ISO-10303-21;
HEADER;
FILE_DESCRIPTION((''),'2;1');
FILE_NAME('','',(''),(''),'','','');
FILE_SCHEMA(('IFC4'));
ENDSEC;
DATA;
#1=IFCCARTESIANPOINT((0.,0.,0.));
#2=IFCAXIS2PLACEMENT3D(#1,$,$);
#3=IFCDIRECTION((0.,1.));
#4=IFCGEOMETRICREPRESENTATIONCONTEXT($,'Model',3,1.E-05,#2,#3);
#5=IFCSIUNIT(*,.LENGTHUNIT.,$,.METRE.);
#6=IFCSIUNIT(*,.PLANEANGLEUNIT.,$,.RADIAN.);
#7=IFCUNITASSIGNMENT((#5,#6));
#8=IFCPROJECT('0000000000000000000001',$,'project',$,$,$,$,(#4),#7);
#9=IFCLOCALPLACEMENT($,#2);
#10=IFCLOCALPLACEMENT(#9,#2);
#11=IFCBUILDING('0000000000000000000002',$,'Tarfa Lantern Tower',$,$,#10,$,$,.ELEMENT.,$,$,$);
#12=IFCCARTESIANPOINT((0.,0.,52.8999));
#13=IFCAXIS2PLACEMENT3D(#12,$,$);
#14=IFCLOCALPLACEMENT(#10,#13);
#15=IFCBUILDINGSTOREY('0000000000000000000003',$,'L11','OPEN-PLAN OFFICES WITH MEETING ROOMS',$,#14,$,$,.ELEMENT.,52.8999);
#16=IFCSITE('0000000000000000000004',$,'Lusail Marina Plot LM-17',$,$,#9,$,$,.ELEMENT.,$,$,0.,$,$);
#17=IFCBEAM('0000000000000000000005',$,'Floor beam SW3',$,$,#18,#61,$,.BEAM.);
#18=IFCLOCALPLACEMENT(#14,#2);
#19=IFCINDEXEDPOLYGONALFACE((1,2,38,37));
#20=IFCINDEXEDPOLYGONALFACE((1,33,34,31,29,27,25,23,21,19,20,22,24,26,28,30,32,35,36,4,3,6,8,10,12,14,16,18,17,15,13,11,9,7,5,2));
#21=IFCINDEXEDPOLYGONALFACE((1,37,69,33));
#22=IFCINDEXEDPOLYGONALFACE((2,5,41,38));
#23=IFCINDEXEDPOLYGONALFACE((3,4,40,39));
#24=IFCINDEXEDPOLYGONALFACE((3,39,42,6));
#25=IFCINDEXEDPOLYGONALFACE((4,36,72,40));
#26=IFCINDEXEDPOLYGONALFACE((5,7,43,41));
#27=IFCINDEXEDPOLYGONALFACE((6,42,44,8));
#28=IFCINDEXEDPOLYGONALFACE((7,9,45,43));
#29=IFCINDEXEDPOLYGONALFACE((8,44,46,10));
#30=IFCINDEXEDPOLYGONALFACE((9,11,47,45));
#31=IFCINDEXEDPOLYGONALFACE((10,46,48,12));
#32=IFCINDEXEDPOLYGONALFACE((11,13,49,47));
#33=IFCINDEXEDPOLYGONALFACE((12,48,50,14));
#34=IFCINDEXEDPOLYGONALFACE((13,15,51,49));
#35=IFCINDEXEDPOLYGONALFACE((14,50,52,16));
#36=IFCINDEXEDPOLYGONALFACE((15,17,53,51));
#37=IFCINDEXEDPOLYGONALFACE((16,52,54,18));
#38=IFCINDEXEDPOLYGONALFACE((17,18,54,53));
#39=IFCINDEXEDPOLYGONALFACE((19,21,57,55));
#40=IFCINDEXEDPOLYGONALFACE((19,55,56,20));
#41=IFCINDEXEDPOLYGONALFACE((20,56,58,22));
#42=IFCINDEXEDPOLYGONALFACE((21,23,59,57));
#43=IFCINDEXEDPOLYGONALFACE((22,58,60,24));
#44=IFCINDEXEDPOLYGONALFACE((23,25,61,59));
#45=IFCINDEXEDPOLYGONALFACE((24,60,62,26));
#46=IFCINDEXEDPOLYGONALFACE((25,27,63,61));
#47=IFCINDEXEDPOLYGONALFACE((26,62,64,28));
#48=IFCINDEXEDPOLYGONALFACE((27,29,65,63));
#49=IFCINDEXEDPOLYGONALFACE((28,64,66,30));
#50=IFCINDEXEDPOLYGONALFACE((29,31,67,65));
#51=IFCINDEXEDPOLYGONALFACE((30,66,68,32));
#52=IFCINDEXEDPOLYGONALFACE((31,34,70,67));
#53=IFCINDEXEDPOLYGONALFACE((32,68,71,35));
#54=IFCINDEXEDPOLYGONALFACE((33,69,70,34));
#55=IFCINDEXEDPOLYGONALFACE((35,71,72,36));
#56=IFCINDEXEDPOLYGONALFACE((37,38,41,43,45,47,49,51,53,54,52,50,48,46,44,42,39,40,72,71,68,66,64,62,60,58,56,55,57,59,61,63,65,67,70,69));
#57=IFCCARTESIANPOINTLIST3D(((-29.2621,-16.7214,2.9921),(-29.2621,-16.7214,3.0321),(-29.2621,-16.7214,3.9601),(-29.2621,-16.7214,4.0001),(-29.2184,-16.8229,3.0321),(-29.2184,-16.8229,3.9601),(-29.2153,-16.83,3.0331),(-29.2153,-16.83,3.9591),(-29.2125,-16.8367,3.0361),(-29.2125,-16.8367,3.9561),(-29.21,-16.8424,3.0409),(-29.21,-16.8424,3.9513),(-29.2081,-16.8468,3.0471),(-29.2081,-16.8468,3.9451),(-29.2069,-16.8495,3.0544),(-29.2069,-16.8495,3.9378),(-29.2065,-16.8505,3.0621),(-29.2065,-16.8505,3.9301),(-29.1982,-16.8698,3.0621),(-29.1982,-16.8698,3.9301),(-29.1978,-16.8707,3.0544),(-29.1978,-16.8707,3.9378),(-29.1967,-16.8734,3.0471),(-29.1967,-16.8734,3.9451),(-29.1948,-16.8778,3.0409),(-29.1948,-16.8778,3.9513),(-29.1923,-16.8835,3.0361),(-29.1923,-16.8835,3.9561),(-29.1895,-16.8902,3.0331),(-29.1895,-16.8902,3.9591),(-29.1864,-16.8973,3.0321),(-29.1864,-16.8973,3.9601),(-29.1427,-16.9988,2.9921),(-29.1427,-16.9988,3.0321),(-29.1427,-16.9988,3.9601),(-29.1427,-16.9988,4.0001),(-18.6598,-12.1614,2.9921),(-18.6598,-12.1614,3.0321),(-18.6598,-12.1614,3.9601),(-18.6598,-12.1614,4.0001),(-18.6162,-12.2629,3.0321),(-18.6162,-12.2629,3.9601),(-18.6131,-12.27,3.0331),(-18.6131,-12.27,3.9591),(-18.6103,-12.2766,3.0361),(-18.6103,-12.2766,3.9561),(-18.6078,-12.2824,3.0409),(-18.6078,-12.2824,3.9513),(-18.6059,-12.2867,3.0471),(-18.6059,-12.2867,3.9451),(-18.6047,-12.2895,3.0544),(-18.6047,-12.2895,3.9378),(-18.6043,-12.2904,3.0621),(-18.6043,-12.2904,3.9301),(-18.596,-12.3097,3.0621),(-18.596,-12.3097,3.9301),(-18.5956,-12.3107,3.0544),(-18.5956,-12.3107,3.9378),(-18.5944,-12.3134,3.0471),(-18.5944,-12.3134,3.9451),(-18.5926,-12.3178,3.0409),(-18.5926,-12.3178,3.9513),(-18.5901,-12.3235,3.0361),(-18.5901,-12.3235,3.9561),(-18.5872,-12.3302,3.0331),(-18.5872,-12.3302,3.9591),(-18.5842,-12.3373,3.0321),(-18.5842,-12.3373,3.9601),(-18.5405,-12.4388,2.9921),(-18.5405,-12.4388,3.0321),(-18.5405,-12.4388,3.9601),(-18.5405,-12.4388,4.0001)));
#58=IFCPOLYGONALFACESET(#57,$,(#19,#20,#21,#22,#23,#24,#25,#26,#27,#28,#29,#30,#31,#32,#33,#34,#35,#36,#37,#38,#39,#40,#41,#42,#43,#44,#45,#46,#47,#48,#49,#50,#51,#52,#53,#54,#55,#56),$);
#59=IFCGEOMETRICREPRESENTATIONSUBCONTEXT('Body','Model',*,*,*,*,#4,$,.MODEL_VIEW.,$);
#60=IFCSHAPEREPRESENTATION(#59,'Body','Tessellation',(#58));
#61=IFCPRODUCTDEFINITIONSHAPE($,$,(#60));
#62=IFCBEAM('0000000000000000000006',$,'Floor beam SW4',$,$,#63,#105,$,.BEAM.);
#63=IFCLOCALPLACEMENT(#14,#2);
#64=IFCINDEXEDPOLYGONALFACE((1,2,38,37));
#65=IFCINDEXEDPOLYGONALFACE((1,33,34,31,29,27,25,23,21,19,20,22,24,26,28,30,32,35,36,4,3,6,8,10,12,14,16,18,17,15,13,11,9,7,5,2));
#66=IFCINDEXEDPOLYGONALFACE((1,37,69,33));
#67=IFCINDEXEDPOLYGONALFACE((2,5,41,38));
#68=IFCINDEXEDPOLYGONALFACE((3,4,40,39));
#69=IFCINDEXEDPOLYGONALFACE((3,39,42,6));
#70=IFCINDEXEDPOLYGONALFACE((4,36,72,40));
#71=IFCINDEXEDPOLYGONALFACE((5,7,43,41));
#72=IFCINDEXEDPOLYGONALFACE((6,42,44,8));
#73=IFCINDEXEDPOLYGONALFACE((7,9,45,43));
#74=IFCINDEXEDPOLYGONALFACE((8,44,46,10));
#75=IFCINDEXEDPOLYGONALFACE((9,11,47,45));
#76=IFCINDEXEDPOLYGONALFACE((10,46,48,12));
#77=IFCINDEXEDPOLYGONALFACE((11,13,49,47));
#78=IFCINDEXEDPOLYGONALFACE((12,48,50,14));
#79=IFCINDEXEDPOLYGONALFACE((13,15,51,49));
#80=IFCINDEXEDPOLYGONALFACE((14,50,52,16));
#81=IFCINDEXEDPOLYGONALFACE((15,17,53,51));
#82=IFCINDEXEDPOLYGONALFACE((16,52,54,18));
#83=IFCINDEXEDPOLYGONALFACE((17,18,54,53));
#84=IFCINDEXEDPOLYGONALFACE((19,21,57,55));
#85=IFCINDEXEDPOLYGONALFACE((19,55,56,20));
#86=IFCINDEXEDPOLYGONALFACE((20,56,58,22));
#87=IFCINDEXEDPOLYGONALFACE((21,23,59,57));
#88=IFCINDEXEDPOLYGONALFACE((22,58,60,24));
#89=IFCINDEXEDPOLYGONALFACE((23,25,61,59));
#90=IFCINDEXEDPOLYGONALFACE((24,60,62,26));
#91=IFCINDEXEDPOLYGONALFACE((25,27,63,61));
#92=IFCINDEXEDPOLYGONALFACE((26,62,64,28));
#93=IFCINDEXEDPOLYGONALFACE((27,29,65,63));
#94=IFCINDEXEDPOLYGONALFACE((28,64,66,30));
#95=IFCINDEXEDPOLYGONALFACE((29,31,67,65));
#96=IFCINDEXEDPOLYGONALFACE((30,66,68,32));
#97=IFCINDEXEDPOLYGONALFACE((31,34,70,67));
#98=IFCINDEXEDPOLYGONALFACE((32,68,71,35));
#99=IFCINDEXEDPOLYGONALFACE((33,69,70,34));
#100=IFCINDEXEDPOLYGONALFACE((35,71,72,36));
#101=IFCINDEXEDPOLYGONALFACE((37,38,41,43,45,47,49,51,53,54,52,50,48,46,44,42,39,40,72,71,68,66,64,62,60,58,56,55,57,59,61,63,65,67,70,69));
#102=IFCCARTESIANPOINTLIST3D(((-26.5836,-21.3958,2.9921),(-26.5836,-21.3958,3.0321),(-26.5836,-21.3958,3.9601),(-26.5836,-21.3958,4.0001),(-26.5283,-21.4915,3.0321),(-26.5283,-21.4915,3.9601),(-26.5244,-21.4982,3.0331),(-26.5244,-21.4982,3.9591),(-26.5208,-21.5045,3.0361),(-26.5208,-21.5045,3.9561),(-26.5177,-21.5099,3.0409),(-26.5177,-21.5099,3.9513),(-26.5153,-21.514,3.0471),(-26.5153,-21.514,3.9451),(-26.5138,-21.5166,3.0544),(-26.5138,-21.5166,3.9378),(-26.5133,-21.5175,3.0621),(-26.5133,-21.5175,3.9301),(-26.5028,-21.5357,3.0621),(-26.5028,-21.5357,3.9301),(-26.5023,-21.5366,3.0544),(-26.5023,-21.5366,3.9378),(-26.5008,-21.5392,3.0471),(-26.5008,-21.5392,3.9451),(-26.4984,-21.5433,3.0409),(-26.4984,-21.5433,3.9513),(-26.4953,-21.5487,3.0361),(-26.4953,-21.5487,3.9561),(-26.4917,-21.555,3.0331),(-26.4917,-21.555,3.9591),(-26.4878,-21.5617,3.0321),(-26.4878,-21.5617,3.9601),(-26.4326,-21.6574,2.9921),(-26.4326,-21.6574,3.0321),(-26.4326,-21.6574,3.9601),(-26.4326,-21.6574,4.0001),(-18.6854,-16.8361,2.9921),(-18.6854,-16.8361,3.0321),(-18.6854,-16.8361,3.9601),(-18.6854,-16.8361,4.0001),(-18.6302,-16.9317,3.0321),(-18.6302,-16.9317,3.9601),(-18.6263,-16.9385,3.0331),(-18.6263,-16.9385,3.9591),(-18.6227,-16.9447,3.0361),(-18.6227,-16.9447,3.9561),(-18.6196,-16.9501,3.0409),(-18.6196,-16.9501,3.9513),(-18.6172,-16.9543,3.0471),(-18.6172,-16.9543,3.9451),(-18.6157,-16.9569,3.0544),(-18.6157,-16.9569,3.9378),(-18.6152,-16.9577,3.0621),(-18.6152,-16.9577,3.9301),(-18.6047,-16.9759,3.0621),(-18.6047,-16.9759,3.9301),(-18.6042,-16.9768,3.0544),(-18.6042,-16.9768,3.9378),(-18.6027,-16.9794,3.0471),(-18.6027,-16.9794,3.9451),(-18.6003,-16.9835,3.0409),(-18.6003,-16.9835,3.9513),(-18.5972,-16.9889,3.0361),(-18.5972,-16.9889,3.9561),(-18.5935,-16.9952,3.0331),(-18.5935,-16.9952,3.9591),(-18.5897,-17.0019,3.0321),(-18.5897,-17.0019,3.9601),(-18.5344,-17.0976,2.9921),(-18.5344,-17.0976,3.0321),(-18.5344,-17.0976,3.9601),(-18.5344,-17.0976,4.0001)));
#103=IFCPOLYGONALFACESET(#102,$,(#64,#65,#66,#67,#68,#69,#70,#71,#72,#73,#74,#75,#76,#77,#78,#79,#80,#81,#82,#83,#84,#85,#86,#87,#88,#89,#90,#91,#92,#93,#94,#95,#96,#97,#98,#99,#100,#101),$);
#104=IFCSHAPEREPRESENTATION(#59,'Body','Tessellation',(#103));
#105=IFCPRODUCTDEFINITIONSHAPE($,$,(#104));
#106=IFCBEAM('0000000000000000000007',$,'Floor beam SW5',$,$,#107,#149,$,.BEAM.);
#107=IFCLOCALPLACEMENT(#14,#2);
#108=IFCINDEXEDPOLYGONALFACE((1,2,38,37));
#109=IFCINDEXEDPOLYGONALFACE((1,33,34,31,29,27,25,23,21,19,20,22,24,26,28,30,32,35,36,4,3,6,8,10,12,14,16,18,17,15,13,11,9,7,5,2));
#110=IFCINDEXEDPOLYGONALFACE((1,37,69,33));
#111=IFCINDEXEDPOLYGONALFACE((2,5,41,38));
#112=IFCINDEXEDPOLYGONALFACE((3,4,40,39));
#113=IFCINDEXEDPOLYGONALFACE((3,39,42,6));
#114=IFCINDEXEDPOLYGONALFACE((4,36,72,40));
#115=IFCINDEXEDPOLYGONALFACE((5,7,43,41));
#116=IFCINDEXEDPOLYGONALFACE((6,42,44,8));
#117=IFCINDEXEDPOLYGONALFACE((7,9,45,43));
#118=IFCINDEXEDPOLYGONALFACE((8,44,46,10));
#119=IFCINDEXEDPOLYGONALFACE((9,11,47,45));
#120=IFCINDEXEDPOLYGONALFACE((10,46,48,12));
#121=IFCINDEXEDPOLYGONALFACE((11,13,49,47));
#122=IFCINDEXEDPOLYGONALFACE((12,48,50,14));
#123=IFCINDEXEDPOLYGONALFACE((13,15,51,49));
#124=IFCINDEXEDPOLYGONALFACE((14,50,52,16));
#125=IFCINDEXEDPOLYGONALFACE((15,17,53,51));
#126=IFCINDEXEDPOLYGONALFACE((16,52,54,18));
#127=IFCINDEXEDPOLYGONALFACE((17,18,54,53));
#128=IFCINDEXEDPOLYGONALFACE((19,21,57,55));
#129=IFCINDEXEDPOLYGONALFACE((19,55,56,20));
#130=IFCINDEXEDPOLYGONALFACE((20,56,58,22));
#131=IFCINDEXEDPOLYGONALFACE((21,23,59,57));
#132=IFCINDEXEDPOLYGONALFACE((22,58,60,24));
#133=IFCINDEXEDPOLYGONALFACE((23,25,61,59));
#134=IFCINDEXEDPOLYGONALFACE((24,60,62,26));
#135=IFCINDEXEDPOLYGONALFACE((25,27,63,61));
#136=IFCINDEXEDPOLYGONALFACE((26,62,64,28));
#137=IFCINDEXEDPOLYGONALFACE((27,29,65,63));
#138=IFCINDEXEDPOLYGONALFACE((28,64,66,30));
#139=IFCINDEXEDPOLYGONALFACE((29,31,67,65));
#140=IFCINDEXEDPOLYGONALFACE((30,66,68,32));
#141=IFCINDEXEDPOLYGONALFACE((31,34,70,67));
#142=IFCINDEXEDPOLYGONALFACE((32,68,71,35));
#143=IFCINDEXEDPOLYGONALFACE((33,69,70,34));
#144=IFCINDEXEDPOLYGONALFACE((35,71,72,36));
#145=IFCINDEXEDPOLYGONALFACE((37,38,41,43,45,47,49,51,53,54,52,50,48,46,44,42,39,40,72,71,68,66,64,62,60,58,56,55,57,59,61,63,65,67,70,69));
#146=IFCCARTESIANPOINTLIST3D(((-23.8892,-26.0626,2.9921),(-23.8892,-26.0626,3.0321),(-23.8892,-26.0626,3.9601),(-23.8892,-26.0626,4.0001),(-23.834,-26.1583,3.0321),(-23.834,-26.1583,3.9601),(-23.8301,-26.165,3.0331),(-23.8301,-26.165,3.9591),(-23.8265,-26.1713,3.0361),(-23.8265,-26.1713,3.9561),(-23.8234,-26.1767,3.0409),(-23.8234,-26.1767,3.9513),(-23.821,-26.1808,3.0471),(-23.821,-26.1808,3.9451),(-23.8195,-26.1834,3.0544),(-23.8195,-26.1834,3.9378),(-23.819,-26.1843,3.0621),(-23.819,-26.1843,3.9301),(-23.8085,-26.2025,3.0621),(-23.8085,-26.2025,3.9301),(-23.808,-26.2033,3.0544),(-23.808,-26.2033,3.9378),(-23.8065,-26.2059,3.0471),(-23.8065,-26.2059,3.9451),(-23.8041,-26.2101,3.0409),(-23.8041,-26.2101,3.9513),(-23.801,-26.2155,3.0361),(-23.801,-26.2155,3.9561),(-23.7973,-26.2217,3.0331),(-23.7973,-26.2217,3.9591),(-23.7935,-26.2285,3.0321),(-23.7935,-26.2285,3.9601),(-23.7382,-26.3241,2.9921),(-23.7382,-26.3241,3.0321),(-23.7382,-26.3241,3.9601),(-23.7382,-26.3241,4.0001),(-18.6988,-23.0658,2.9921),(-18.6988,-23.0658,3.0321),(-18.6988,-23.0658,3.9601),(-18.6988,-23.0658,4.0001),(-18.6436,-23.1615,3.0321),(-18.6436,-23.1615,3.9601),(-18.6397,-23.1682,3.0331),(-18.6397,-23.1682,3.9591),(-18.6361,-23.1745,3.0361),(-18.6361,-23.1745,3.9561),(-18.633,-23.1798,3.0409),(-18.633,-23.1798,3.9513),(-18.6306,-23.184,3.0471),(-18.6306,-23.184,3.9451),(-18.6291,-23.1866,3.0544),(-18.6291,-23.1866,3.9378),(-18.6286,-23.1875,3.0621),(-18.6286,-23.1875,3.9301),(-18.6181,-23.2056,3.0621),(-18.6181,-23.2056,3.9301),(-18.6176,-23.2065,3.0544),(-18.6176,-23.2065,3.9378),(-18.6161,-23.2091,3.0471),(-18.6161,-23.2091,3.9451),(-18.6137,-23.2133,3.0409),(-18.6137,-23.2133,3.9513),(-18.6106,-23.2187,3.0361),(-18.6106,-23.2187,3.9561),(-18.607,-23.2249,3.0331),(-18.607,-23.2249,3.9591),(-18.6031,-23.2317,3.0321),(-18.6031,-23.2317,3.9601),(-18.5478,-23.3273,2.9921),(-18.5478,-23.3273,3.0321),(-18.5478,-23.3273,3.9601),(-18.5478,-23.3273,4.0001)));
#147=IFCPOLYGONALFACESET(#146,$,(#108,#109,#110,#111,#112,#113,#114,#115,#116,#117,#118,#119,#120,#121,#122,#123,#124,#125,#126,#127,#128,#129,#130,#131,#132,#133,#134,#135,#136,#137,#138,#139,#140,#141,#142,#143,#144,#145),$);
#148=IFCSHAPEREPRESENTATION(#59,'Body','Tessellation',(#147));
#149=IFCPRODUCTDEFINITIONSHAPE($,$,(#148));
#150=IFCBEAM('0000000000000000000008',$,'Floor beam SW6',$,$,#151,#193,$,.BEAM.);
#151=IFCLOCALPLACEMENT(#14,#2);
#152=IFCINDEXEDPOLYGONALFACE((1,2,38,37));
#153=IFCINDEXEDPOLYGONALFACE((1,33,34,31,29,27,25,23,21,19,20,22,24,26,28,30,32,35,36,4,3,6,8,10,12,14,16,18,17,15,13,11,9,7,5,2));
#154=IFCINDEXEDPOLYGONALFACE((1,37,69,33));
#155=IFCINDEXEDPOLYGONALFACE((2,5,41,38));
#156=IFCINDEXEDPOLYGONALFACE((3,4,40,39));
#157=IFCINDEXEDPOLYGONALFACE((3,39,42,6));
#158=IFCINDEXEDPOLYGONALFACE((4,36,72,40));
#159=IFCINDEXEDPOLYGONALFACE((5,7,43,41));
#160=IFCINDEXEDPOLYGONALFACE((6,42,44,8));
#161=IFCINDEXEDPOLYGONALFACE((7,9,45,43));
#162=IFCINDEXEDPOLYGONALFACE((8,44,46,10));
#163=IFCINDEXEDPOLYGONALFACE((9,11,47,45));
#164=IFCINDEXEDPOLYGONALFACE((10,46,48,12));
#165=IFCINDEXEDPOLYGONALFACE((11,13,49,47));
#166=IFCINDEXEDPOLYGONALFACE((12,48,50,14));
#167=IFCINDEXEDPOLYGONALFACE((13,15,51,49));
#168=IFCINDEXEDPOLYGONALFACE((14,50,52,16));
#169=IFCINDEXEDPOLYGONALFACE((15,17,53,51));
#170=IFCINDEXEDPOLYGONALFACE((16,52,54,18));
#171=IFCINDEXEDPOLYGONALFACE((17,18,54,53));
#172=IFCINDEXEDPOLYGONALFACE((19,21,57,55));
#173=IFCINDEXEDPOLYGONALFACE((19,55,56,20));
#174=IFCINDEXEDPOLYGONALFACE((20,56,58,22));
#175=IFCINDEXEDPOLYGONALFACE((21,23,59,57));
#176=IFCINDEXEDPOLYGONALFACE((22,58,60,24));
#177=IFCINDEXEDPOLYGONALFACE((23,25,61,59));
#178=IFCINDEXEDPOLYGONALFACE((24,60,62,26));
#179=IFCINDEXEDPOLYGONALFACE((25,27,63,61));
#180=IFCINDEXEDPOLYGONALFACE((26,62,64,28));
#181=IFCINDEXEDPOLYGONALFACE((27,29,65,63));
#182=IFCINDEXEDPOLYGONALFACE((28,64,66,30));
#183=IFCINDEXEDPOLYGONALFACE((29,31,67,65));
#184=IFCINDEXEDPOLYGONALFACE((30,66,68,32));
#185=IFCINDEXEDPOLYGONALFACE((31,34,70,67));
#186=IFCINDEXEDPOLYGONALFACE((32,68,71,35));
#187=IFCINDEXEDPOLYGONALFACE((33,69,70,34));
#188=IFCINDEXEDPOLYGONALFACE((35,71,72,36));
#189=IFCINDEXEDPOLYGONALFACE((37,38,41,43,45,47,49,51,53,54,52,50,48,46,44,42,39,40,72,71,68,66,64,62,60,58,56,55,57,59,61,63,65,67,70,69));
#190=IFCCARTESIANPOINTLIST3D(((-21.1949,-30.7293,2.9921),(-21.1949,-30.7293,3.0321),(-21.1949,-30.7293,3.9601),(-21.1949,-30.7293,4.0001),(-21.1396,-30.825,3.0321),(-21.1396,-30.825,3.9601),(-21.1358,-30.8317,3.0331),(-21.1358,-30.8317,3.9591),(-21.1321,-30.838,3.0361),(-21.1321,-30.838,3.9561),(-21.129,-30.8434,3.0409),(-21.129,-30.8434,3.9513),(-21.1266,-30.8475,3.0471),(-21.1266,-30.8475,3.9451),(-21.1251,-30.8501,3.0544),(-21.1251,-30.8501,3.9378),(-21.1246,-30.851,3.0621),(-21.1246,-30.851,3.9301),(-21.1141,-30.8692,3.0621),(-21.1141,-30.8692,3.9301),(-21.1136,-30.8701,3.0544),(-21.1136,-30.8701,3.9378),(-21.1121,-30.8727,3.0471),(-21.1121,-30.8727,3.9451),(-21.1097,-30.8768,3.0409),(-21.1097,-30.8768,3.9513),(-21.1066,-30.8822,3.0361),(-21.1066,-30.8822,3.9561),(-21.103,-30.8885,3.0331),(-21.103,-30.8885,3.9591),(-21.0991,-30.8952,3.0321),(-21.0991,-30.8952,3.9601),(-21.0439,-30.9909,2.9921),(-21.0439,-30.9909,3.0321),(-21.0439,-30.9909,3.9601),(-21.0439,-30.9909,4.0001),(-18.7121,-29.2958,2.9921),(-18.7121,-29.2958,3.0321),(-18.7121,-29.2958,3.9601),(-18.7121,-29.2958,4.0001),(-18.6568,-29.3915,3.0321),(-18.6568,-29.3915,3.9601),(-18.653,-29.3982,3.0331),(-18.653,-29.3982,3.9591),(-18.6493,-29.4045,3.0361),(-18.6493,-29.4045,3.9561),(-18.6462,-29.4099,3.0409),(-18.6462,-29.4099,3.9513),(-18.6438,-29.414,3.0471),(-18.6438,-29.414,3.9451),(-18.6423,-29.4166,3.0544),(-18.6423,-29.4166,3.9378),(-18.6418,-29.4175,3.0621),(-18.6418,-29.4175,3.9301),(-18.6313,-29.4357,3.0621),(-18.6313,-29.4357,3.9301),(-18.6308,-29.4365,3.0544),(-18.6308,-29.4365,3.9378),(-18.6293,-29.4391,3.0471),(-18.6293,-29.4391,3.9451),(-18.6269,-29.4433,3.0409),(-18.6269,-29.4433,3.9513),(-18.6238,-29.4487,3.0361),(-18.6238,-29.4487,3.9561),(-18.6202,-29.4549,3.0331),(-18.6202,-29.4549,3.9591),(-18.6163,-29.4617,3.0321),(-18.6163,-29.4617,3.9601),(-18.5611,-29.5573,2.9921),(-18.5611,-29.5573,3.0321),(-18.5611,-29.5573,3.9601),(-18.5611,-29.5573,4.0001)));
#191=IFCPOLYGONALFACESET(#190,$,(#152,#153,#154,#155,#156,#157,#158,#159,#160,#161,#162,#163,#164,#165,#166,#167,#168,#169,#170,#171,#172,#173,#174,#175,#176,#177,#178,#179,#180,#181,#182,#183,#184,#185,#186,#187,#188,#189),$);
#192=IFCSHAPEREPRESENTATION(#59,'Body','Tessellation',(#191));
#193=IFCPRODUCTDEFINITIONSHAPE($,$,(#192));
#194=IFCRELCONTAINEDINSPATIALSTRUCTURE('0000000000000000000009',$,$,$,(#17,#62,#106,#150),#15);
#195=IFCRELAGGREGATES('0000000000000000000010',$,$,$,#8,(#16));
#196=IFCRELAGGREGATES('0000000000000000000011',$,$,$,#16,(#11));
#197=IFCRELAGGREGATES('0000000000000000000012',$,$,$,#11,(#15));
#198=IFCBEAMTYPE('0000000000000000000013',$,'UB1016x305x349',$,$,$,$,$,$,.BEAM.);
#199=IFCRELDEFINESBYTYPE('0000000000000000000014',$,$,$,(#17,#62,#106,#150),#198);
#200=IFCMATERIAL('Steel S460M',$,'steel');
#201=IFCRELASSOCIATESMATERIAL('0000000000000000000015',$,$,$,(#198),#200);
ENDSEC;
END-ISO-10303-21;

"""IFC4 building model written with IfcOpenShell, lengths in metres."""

from ifc_helpers import new_model, si_unit, direction, frame, origin, origin_2d, place, context, subcontext, project, spatial, i_section, extrude, material, material_profile, profile_set, type_object, element, save


model = new_model("IFC4")

# Units and contexts
model_context = context("Model", 3, precision=1e-05, world=origin(), true_north=direction((0.0, 1.0)))
body_context = subcontext(model_context, "Body", "Model", "MODEL_VIEW")
ifc_project = project(units=[si_unit("LENGTHUNIT", "METRE"), si_unit("PLANEANGLEUNIT", "RADIAN")], contexts=[model_context])

# Site, building, storey
site_placement = place(None, origin())
site = spatial("IfcSite", under=ifc_project, at=site_placement, Name="Lusail Marina Plot LM-17", CompositionType="ELEMENT", RefElevation=0.0)
building_placement = place(site_placement, origin())
building = spatial("IfcBuilding", under=site, at=building_placement, Name="Tarfa Lantern Tower", CompositionType="ELEMENT")
storey_placement = place(building_placement, frame((0.0, 0.0, 52.8999)))
storey = spatial("IfcBuildingStorey", under=building, at=storey_placement, Name="L11", Description="OPEN-PLAN OFFICES WITH MEETING ROOMS", CompositionType="ELEMENT", Elevation=52.8999)

# Beams
ifc_material_1 = material(Name="Steel S460M", Category="steel")
ifc_material_profile_1 = material_profile(ifc_material_1, i_section(OverallWidth=0.302, OverallDepth=1.0081, WebThickness=0.021, FlangeThickness=0.04, FilletRadius=0.03, at=origin_2d()), Name="UB1016x305x349")
ifc_profile_set_1 = profile_set([ifc_material_profile_1], Name="Steel S460M")
beam_type_1 = type_object("IfcBeamType", Name="UB1016x305x349", PredefinedType="BEAM", material=ifc_profile_set_1)
beam_1_placement = place(storey_placement, frame((-29.2024, -16.8601, 3.4961), z_axis=(0.918635, 0.395106, 0.0), x_axis=(-0.395106, 0.918635, 0.0)))
element("IfcBeam", 1, at=beam_1_placement, inside=storey, type_object=beam_type_1, Name="Floor beam SW3", PredefinedType="BEAM", context=body_context, shape_type="SweptSolid", body=[
    extrude(i_section(OverallWidth=0.302, OverallDepth=1.0081, WebThickness=0.021, FlangeThickness=0.04, FilletRadius=0.03, at=origin_2d()), origin(), (0.0, 0.0, 1.0), 11.5413),
])
beam_2_placement = place(storey_placement, frame((-26.5081, -21.5266, 3.4961), z_axis=(0.866035, 0.499983, 0.0), x_axis=(-0.499983, 0.866035, 0.0)))
element("IfcBeam", 2, at=beam_2_placement, inside=storey, type_object=beam_type_1, Name="Floor beam SW4", PredefinedType="BEAM", context=body_context, shape_type="SweptSolid", body=[
    extrude(i_section(OverallWidth=0.302, OverallDepth=1.0081, WebThickness=0.021, FlangeThickness=0.04, FilletRadius=0.03, at=origin_2d()), origin(), (0.0, 0.0, 1.0), 9.1199),
])
beam_3_placement = place(storey_placement, frame((-23.8137, -26.1934, 3.4961), z_axis=(0.866016, 0.500016, 0.0), x_axis=(-0.500016, 0.866016, 0.0)))
element("IfcBeam", 3, at=beam_3_placement, inside=storey, type_object=beam_type_1, Name="Floor beam SW5", PredefinedType="BEAM", context=body_context, shape_type="SweptSolid", body=[
    extrude(i_section(OverallWidth=0.302, OverallDepth=1.0081, WebThickness=0.021, FlangeThickness=0.04, FilletRadius=0.03, at=origin_2d()), origin(), (0.0, 0.0, 1.0), 5.9934),
])
beam_4_placement = place(storey_placement, frame((-21.1194, -30.8601, 3.4961), z_axis=(0.866013, 0.500022, 0.0), x_axis=(-0.500022, 0.866013, 0.0)))
element("IfcBeam", 4, at=beam_4_placement, inside=storey, type_object=beam_type_1, Name="Floor beam SW6", PredefinedType="BEAM", context=body_context, shape_type="SweptSolid", body=[
    extrude(i_section(OverallWidth=0.302, OverallDepth=1.0081, WebThickness=0.021, FlangeThickness=0.04, FilletRadius=0.03, at=origin_2d()), origin(), (0.0, 0.0, 1.0), 2.8669),
])

save(model, "model.ifc")
